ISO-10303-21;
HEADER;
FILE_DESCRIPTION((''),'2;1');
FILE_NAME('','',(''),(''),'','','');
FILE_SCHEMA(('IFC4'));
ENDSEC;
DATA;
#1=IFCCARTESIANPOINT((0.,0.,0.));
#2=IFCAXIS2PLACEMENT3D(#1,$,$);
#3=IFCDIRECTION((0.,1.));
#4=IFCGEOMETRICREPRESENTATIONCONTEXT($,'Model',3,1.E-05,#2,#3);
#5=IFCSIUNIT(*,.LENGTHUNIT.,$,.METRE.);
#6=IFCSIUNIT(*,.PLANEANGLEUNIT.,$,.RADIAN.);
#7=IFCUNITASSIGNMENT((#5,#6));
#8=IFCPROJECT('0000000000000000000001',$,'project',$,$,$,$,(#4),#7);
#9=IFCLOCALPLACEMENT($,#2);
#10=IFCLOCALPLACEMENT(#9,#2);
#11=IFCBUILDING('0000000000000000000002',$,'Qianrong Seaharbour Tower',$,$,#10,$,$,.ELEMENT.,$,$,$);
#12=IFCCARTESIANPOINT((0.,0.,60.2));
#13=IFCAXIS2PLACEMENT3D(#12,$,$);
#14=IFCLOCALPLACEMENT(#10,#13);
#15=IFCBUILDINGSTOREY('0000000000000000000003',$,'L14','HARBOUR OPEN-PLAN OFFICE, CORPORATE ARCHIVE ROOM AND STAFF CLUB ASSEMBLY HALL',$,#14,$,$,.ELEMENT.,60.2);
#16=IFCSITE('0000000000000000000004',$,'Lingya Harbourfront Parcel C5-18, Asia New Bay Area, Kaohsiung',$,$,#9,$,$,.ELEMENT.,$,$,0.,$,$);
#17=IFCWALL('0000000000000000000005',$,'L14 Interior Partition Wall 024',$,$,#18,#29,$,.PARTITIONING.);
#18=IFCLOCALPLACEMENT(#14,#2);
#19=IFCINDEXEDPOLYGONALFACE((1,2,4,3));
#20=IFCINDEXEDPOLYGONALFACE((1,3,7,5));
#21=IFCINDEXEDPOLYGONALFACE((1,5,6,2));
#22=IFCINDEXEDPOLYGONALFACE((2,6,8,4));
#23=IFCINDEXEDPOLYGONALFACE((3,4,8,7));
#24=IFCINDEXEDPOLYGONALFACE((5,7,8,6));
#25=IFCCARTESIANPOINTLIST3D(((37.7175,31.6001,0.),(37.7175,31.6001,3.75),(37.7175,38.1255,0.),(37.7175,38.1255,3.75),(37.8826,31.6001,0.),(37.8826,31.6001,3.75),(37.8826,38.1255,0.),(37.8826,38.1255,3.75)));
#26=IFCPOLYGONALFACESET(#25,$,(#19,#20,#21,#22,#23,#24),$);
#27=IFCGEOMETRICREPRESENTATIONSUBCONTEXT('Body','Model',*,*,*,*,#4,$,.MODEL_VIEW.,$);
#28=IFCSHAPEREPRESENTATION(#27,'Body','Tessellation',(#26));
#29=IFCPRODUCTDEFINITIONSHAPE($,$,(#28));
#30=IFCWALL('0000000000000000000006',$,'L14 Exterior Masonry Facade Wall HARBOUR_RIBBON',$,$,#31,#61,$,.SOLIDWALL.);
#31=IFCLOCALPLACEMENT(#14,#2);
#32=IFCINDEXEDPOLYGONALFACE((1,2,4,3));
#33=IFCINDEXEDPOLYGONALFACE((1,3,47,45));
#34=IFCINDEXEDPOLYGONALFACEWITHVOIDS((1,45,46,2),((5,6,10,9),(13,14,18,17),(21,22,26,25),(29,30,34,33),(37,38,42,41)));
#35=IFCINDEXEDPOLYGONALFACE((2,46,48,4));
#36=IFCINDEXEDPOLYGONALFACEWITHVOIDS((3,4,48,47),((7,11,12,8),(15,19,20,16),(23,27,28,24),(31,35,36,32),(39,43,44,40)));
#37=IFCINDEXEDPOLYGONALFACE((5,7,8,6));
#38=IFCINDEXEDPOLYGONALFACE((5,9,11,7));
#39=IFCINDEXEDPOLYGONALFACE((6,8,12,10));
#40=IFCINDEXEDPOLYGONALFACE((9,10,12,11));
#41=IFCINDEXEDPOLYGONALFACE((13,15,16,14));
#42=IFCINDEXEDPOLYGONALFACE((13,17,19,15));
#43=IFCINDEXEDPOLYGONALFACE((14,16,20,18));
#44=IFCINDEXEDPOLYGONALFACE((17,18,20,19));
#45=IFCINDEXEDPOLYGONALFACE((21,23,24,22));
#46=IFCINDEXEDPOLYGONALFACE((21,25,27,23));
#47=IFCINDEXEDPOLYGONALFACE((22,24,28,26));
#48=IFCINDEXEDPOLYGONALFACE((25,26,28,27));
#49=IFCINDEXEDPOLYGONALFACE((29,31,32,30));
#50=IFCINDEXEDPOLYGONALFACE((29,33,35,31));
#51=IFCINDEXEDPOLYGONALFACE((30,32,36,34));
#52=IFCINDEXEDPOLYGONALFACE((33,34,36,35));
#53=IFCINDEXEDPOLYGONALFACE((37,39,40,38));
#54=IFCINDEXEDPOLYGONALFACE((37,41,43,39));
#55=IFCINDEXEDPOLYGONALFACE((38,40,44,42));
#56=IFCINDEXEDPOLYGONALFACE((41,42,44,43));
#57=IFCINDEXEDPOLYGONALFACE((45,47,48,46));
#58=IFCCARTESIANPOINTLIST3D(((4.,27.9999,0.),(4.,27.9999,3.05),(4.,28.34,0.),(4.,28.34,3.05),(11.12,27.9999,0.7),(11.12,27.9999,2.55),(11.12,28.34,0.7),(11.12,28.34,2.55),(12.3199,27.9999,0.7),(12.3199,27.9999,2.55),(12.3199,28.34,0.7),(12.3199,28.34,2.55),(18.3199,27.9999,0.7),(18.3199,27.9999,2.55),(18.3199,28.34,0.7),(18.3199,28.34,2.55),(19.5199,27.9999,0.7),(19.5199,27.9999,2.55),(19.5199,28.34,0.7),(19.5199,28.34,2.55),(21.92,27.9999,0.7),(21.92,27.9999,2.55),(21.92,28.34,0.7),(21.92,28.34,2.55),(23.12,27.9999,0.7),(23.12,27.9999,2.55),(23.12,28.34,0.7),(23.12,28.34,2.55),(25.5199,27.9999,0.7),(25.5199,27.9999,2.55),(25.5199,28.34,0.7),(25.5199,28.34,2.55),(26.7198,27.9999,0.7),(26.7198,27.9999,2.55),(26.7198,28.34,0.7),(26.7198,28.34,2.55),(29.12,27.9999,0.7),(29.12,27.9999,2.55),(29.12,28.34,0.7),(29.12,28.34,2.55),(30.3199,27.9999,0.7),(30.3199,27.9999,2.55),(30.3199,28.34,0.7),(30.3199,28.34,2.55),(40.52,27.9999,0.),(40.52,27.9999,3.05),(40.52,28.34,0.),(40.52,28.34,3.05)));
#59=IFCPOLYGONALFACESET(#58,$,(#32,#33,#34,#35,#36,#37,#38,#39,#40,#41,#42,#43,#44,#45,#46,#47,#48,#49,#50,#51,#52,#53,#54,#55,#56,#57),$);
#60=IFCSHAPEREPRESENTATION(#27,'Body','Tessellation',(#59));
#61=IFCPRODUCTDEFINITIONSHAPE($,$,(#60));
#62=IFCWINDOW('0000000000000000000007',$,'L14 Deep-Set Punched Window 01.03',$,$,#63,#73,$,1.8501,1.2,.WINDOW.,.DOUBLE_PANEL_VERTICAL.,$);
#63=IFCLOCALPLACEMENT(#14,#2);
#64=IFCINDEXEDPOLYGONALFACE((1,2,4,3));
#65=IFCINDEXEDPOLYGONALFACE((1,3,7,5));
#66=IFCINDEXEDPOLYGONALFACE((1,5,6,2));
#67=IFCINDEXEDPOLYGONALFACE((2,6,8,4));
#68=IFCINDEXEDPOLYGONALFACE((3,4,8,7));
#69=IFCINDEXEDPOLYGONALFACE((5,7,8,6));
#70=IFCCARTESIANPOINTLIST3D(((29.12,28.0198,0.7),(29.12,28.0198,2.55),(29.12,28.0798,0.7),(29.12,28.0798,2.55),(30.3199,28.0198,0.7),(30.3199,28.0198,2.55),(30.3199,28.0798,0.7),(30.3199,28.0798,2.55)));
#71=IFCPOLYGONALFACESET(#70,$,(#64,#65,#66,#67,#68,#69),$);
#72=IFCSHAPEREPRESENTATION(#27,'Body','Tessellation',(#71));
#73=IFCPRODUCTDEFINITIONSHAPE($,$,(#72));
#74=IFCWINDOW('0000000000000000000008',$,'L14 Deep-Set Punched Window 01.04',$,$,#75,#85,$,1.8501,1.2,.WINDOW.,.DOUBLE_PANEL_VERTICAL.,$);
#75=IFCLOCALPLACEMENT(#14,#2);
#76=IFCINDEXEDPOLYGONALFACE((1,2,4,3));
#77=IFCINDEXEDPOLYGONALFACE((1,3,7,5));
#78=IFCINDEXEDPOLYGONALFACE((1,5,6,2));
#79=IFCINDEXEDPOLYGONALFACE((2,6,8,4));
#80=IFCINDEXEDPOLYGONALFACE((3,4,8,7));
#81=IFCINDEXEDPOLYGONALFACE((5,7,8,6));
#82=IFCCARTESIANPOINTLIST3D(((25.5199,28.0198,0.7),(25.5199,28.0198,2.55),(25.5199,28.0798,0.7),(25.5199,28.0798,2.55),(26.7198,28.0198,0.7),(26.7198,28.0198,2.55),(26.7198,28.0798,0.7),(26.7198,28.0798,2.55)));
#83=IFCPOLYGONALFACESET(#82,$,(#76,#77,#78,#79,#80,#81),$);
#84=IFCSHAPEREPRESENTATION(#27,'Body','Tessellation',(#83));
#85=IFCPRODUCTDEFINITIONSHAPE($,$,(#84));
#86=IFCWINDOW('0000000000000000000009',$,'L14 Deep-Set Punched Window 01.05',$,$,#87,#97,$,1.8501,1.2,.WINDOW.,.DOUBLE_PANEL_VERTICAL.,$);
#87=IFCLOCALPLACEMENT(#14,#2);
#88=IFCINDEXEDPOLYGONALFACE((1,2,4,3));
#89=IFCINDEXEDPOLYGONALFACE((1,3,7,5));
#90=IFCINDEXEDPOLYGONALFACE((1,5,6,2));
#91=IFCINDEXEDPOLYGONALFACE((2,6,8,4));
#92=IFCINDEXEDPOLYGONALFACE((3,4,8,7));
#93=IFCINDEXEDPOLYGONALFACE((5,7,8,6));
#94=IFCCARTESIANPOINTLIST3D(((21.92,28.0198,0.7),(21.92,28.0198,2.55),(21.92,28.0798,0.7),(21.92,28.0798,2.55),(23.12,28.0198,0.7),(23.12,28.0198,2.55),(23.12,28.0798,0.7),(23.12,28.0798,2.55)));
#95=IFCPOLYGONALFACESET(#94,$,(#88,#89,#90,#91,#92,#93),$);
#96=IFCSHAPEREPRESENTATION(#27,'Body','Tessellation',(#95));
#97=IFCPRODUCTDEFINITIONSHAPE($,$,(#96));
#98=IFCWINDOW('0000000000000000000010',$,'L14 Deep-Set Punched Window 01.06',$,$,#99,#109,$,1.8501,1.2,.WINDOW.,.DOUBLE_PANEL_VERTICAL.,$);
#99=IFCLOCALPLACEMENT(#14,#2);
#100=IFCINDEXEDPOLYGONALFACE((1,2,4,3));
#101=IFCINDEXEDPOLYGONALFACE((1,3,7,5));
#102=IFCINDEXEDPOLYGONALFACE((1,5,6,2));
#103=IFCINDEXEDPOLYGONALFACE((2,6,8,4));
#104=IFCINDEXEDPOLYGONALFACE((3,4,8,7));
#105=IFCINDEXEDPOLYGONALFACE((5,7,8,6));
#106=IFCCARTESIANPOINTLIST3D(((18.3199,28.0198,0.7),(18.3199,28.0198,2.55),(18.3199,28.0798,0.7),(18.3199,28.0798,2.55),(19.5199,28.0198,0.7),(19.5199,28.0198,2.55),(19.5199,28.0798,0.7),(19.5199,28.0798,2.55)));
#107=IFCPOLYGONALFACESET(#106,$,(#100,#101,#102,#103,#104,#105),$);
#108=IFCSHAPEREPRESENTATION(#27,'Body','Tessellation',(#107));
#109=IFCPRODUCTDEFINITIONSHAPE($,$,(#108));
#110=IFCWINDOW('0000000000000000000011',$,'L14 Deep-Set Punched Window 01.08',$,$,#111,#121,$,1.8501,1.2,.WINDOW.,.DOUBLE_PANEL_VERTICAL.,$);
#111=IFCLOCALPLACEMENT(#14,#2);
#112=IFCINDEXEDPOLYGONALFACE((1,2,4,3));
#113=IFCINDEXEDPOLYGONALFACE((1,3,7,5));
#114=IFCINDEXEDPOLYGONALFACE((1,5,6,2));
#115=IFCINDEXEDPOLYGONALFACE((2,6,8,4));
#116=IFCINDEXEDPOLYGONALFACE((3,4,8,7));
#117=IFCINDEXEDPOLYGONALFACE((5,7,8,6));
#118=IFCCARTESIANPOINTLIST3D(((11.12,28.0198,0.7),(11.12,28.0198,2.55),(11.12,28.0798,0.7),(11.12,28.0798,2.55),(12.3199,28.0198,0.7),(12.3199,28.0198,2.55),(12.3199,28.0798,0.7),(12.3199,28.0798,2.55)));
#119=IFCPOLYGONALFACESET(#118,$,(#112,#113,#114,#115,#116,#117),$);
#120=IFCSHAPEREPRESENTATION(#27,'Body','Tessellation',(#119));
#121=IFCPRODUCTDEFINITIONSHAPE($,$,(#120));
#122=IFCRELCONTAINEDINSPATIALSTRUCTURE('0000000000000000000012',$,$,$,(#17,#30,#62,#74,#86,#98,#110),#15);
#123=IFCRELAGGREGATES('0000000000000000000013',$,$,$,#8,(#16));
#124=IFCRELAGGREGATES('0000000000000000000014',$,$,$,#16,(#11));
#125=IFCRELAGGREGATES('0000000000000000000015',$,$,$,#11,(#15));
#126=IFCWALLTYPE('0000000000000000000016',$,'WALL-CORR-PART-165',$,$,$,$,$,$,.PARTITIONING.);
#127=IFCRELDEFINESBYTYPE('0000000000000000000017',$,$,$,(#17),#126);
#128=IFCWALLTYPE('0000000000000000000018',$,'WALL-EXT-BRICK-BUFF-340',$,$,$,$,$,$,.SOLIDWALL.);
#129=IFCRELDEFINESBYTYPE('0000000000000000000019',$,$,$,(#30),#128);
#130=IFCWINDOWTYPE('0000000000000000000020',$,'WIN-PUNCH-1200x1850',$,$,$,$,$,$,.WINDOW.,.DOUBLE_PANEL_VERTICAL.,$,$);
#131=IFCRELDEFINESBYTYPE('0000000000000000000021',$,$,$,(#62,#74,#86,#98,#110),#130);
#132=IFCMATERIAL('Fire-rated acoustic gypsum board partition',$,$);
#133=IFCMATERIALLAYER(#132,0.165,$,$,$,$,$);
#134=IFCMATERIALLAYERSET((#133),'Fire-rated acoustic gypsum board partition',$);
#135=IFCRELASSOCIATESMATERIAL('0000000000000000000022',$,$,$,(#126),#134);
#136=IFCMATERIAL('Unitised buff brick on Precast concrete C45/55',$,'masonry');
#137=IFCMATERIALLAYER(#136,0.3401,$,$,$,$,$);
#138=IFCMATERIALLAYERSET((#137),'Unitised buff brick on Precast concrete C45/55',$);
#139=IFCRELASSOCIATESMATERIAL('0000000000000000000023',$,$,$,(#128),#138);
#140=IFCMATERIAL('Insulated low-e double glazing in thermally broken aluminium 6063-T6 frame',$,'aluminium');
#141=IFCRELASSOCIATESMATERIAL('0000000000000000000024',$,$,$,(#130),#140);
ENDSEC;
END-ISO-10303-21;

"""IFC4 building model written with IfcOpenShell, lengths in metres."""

from ifc_helpers import new_model, si_unit, direction, frame, frame_2d, origin, place, context, subcontext, project, spatial, rectangle, extrude, material, layer, layer_set, type_object, element, fill, save


model = new_model("IFC4")

# Units and contexts
model_context = context("Model", 3, precision=1e-05, world=origin(), true_north=direction((0.0, 1.0)))
body_context = subcontext(model_context, "Body", "Model", "MODEL_VIEW")
ifc_project = project(units=[si_unit("LENGTHUNIT", "METRE"), si_unit("PLANEANGLEUNIT", "RADIAN")], contexts=[model_context])

# Site, building, storey
site_placement = place(None, origin())
site = spatial("IfcSite", under=ifc_project, at=site_placement, Name="Lingya Harbourfront Parcel C5-18, Asia New Bay Area, Kaohsiung", CompositionType="ELEMENT", RefElevation=0.0)
building_placement = place(site_placement, origin())
building = spatial("IfcBuilding", under=site, at=building_placement, Name="Qianrong Seaharbour Tower", CompositionType="ELEMENT")
storey_placement = place(building_placement, frame((0.0, 0.0, 60.2)))
storey = spatial("IfcBuildingStorey", under=building, at=storey_placement, Name="L14", Description="HARBOUR OPEN-PLAN OFFICE, CORPORATE ARCHIVE ROOM AND STAFF CLUB ASSEMBLY HALL", CompositionType="ELEMENT", Elevation=60.2)

# Wall
ifc_material_1 = material(Name="Fire-rated acoustic gypsum board partition")
ifc_layer_1 = layer(ifc_material_1, 0.165)
ifc_layer_set_1 = layer_set([ifc_layer_1], Name="Fire-rated acoustic gypsum board partition")
wall_type_1 = type_object("IfcWallType", Name="WALL-CORR-PART-165", PredefinedType="PARTITIONING", material=ifc_layer_set_1)
wall_1_placement = place(storey_placement, frame((37.8, 31.6001, 0.0), z_axis=(0.0, 0.0, 1.0), x_axis=(0.0, 1.0, 0.0)))
element("IfcWall", 1, at=wall_1_placement, inside=storey, type_object=wall_type_1, Name="L14 Interior Partition Wall 024", PredefinedType="PARTITIONING", context=body_context, shape_type="SweptSolid", body=[
    extrude(rectangle(XDim=6.5254, YDim=0.165, at=frame_2d((3.2627, 0.0))), origin(), (0.0, 0.0, 1.0), 3.75),
])

# Wall, openings, windows
ifc_material_2 = material(Name="Unitised buff brick on Precast concrete C45/55", Category="masonry")
ifc_layer_2 = layer(ifc_material_2, 0.3401)
ifc_layer_set_2 = layer_set([ifc_layer_2], Name="Unitised buff brick on Precast concrete C45/55")
wall_type_2 = type_object("IfcWallType", Name="WALL-EXT-BRICK-BUFF-340", PredefinedType="SOLIDWALL", material=ifc_layer_set_2)
wall_2_placement = place(storey_placement, frame((40.52, 28.1699, 0.0), z_axis=(0.0, 0.0, 1.0), x_axis=(-1.0, 0.0, 0.0)))
wall_2 = element("IfcWall", 2, at=wall_2_placement, inside=storey, type_object=wall_type_2, Name="L14 Exterior Masonry Facade Wall HARBOUR_RIBBON", PredefinedType="SOLIDWALL", context=body_context, shape_type="SweptSolid", body=[
    extrude(rectangle(XDim=36.52, YDim=0.3401, at=frame_2d((18.26, 0.0))), origin(), (0.0, 0.0, 1.0), 3.05),
])
opening_1_placement = place(wall_2_placement, frame((10.2, 0.0, 0.7)))
opening_1 = element("IfcOpeningElement", 3, at=opening_1_placement, cuts=wall_2, PredefinedType="OPENING", context=body_context, shape_type="SweptSolid", body=[
    extrude(rectangle(XDim=1.2, YDim=1.8501, at=frame_2d((0.6001, 0.925))), frame((0.0, 0.1802, 0.0), z_axis=(0.0, -1.0, 0.0), x_axis=(1.0, 0.0, 0.0)), (0.0, 0.0, 1.0), 0.3601),
])
opening_2_placement = place(wall_2_placement, frame((13.8, 0.0, 0.7)))
opening_2 = element("IfcOpeningElement", 4, at=opening_2_placement, cuts=wall_2, PredefinedType="OPENING", context=body_context, shape_type="SweptSolid", body=[
    extrude(rectangle(XDim=1.2, YDim=1.8501, at=frame_2d((0.6001, 0.925))), frame((0.0, 0.1802, 0.0), z_axis=(0.0, -1.0, 0.0), x_axis=(1.0, 0.0, 0.0)), (0.0, 0.0, 1.0), 0.3601),
])
opening_3_placement = place(wall_2_placement, frame((17.3999, 0.0, 0.7)))
opening_3 = element("IfcOpeningElement", 5, at=opening_3_placement, cuts=wall_2, PredefinedType="OPENING", context=body_context, shape_type="SweptSolid", body=[
    extrude(rectangle(XDim=1.2, YDim=1.8501, at=frame_2d((0.6001, 0.925))), frame((0.0, 0.1802, 0.0), z_axis=(0.0, -1.0, 0.0), x_axis=(1.0, 0.0, 0.0)), (0.0, 0.0, 1.0), 0.3601),
])
opening_4_placement = place(wall_2_placement, frame((21.0, 0.0, 0.7)))
opening_4 = element("IfcOpeningElement", 6, at=opening_4_placement, cuts=wall_2, PredefinedType="OPENING", context=body_context, shape_type="SweptSolid", body=[
    extrude(rectangle(XDim=1.2, YDim=1.8501, at=frame_2d((0.6001, 0.925))), frame((0.0, 0.1802, 0.0), z_axis=(0.0, -1.0, 0.0), x_axis=(1.0, 0.0, 0.0)), (0.0, 0.0, 1.0), 0.3601),
])
opening_5_placement = place(wall_2_placement, frame((28.2, 0.0, 0.7)))
opening_5 = element("IfcOpeningElement", 7, at=opening_5_placement, cuts=wall_2, PredefinedType="OPENING", context=body_context, shape_type="SweptSolid", body=[
    extrude(rectangle(XDim=1.2, YDim=1.8501, at=frame_2d((0.6001, 0.925))), frame((0.0, 0.1802, 0.0), z_axis=(0.0, -1.0, 0.0), x_axis=(1.0, 0.0, 0.0)), (0.0, 0.0, 1.0), 0.3601),
])
ifc_material_3 = material(Name="Insulated low-e double glazing in thermally broken aluminium 6063-T6 frame", Category="aluminium")
window_type = type_object("IfcWindowType", Name="WIN-PUNCH-1200x1850", PartitioningType="DOUBLE_PANEL_VERTICAL", PredefinedType="WINDOW", material=ifc_material_3)
window_1_placement = place(opening_1_placement, origin())
window_1 = element("IfcWindow", 8, at=window_1_placement, inside=storey, type_object=window_type, Name="L14 Deep-Set Punched Window 01.03", OverallHeight=1.8501, OverallWidth=1.2, PartitioningType="DOUBLE_PANEL_VERTICAL", PredefinedType="WINDOW", context=body_context, shape_type="SweptSolid", body=[
    extrude(rectangle(XDim=1.2, YDim=1.8501, at=frame_2d((0.6001, 0.925))), frame((0.0, 0.1501, 0.0), z_axis=(0.0, -1.0, 0.0), x_axis=(1.0, 0.0, 0.0)), (0.0, 0.0, 1.0), 0.0601),
])
fill(opening_1, window_1)
window_2_placement = place(opening_2_placement, origin())
window_2 = element("IfcWindow", 9, at=window_2_placement, inside=storey, type_object=window_type, Name="L14 Deep-Set Punched Window 01.04", OverallHeight=1.8501, OverallWidth=1.2, PartitioningType="DOUBLE_PANEL_VERTICAL", PredefinedType="WINDOW", context=body_context, shape_type="SweptSolid", body=[
    extrude(rectangle(XDim=1.2, YDim=1.8501, at=frame_2d((0.6001, 0.925))), frame((0.0, 0.1501, 0.0), z_axis=(0.0, -1.0, 0.0), x_axis=(1.0, 0.0, 0.0)), (0.0, 0.0, 1.0), 0.0601),
])
fill(opening_2, window_2)
window_3_placement = place(opening_3_placement, origin())
window_3 = element("IfcWindow", 10, at=window_3_placement, inside=storey, type_object=window_type, Name="L14 Deep-Set Punched Window 01.05", OverallHeight=1.8501, OverallWidth=1.2, PartitioningType="DOUBLE_PANEL_VERTICAL", PredefinedType="WINDOW", context=body_context, shape_type="SweptSolid", body=[
    extrude(rectangle(XDim=1.2, YDim=1.8501, at=frame_2d((0.6001, 0.925))), frame((0.0, 0.1501, 0.0), z_axis=(0.0, -1.0, 0.0), x_axis=(1.0, 0.0, 0.0)), (0.0, 0.0, 1.0), 0.0601),
])
fill(opening_3, window_3)
window_4_placement = place(opening_4_placement, origin())
window_4 = element("IfcWindow", 11, at=window_4_placement, inside=storey, type_object=window_type, Name="L14 Deep-Set Punched Window 01.06", OverallHeight=1.8501, OverallWidth=1.2, PartitioningType="DOUBLE_PANEL_VERTICAL", PredefinedType="WINDOW", context=body_context, shape_type="SweptSolid", body=[
    extrude(rectangle(XDim=1.2, YDim=1.8501, at=frame_2d((0.6001, 0.925))), frame((0.0, 0.1501, 0.0), z_axis=(0.0, -1.0, 0.0), x_axis=(1.0, 0.0, 0.0)), (0.0, 0.0, 1.0), 0.0601),
])
fill(opening_4, window_4)
window_5_placement = place(opening_5_placement, origin())
window_5 = element("IfcWindow", 12, at=window_5_placement, inside=storey, type_object=window_type, Name="L14 Deep-Set Punched Window 01.08", OverallHeight=1.8501, OverallWidth=1.2, PartitioningType="DOUBLE_PANEL_VERTICAL", PredefinedType="WINDOW", context=body_context, shape_type="SweptSolid", body=[
    extrude(rectangle(XDim=1.2, YDim=1.8501, at=frame_2d((0.6001, 0.925))), frame((0.0, 0.1501, 0.0), z_axis=(0.0, -1.0, 0.0), x_axis=(1.0, 0.0, 0.0)), (0.0, 0.0, 1.0), 0.0601),
])
fill(opening_5, window_5)

save(model, "model.ifc")
